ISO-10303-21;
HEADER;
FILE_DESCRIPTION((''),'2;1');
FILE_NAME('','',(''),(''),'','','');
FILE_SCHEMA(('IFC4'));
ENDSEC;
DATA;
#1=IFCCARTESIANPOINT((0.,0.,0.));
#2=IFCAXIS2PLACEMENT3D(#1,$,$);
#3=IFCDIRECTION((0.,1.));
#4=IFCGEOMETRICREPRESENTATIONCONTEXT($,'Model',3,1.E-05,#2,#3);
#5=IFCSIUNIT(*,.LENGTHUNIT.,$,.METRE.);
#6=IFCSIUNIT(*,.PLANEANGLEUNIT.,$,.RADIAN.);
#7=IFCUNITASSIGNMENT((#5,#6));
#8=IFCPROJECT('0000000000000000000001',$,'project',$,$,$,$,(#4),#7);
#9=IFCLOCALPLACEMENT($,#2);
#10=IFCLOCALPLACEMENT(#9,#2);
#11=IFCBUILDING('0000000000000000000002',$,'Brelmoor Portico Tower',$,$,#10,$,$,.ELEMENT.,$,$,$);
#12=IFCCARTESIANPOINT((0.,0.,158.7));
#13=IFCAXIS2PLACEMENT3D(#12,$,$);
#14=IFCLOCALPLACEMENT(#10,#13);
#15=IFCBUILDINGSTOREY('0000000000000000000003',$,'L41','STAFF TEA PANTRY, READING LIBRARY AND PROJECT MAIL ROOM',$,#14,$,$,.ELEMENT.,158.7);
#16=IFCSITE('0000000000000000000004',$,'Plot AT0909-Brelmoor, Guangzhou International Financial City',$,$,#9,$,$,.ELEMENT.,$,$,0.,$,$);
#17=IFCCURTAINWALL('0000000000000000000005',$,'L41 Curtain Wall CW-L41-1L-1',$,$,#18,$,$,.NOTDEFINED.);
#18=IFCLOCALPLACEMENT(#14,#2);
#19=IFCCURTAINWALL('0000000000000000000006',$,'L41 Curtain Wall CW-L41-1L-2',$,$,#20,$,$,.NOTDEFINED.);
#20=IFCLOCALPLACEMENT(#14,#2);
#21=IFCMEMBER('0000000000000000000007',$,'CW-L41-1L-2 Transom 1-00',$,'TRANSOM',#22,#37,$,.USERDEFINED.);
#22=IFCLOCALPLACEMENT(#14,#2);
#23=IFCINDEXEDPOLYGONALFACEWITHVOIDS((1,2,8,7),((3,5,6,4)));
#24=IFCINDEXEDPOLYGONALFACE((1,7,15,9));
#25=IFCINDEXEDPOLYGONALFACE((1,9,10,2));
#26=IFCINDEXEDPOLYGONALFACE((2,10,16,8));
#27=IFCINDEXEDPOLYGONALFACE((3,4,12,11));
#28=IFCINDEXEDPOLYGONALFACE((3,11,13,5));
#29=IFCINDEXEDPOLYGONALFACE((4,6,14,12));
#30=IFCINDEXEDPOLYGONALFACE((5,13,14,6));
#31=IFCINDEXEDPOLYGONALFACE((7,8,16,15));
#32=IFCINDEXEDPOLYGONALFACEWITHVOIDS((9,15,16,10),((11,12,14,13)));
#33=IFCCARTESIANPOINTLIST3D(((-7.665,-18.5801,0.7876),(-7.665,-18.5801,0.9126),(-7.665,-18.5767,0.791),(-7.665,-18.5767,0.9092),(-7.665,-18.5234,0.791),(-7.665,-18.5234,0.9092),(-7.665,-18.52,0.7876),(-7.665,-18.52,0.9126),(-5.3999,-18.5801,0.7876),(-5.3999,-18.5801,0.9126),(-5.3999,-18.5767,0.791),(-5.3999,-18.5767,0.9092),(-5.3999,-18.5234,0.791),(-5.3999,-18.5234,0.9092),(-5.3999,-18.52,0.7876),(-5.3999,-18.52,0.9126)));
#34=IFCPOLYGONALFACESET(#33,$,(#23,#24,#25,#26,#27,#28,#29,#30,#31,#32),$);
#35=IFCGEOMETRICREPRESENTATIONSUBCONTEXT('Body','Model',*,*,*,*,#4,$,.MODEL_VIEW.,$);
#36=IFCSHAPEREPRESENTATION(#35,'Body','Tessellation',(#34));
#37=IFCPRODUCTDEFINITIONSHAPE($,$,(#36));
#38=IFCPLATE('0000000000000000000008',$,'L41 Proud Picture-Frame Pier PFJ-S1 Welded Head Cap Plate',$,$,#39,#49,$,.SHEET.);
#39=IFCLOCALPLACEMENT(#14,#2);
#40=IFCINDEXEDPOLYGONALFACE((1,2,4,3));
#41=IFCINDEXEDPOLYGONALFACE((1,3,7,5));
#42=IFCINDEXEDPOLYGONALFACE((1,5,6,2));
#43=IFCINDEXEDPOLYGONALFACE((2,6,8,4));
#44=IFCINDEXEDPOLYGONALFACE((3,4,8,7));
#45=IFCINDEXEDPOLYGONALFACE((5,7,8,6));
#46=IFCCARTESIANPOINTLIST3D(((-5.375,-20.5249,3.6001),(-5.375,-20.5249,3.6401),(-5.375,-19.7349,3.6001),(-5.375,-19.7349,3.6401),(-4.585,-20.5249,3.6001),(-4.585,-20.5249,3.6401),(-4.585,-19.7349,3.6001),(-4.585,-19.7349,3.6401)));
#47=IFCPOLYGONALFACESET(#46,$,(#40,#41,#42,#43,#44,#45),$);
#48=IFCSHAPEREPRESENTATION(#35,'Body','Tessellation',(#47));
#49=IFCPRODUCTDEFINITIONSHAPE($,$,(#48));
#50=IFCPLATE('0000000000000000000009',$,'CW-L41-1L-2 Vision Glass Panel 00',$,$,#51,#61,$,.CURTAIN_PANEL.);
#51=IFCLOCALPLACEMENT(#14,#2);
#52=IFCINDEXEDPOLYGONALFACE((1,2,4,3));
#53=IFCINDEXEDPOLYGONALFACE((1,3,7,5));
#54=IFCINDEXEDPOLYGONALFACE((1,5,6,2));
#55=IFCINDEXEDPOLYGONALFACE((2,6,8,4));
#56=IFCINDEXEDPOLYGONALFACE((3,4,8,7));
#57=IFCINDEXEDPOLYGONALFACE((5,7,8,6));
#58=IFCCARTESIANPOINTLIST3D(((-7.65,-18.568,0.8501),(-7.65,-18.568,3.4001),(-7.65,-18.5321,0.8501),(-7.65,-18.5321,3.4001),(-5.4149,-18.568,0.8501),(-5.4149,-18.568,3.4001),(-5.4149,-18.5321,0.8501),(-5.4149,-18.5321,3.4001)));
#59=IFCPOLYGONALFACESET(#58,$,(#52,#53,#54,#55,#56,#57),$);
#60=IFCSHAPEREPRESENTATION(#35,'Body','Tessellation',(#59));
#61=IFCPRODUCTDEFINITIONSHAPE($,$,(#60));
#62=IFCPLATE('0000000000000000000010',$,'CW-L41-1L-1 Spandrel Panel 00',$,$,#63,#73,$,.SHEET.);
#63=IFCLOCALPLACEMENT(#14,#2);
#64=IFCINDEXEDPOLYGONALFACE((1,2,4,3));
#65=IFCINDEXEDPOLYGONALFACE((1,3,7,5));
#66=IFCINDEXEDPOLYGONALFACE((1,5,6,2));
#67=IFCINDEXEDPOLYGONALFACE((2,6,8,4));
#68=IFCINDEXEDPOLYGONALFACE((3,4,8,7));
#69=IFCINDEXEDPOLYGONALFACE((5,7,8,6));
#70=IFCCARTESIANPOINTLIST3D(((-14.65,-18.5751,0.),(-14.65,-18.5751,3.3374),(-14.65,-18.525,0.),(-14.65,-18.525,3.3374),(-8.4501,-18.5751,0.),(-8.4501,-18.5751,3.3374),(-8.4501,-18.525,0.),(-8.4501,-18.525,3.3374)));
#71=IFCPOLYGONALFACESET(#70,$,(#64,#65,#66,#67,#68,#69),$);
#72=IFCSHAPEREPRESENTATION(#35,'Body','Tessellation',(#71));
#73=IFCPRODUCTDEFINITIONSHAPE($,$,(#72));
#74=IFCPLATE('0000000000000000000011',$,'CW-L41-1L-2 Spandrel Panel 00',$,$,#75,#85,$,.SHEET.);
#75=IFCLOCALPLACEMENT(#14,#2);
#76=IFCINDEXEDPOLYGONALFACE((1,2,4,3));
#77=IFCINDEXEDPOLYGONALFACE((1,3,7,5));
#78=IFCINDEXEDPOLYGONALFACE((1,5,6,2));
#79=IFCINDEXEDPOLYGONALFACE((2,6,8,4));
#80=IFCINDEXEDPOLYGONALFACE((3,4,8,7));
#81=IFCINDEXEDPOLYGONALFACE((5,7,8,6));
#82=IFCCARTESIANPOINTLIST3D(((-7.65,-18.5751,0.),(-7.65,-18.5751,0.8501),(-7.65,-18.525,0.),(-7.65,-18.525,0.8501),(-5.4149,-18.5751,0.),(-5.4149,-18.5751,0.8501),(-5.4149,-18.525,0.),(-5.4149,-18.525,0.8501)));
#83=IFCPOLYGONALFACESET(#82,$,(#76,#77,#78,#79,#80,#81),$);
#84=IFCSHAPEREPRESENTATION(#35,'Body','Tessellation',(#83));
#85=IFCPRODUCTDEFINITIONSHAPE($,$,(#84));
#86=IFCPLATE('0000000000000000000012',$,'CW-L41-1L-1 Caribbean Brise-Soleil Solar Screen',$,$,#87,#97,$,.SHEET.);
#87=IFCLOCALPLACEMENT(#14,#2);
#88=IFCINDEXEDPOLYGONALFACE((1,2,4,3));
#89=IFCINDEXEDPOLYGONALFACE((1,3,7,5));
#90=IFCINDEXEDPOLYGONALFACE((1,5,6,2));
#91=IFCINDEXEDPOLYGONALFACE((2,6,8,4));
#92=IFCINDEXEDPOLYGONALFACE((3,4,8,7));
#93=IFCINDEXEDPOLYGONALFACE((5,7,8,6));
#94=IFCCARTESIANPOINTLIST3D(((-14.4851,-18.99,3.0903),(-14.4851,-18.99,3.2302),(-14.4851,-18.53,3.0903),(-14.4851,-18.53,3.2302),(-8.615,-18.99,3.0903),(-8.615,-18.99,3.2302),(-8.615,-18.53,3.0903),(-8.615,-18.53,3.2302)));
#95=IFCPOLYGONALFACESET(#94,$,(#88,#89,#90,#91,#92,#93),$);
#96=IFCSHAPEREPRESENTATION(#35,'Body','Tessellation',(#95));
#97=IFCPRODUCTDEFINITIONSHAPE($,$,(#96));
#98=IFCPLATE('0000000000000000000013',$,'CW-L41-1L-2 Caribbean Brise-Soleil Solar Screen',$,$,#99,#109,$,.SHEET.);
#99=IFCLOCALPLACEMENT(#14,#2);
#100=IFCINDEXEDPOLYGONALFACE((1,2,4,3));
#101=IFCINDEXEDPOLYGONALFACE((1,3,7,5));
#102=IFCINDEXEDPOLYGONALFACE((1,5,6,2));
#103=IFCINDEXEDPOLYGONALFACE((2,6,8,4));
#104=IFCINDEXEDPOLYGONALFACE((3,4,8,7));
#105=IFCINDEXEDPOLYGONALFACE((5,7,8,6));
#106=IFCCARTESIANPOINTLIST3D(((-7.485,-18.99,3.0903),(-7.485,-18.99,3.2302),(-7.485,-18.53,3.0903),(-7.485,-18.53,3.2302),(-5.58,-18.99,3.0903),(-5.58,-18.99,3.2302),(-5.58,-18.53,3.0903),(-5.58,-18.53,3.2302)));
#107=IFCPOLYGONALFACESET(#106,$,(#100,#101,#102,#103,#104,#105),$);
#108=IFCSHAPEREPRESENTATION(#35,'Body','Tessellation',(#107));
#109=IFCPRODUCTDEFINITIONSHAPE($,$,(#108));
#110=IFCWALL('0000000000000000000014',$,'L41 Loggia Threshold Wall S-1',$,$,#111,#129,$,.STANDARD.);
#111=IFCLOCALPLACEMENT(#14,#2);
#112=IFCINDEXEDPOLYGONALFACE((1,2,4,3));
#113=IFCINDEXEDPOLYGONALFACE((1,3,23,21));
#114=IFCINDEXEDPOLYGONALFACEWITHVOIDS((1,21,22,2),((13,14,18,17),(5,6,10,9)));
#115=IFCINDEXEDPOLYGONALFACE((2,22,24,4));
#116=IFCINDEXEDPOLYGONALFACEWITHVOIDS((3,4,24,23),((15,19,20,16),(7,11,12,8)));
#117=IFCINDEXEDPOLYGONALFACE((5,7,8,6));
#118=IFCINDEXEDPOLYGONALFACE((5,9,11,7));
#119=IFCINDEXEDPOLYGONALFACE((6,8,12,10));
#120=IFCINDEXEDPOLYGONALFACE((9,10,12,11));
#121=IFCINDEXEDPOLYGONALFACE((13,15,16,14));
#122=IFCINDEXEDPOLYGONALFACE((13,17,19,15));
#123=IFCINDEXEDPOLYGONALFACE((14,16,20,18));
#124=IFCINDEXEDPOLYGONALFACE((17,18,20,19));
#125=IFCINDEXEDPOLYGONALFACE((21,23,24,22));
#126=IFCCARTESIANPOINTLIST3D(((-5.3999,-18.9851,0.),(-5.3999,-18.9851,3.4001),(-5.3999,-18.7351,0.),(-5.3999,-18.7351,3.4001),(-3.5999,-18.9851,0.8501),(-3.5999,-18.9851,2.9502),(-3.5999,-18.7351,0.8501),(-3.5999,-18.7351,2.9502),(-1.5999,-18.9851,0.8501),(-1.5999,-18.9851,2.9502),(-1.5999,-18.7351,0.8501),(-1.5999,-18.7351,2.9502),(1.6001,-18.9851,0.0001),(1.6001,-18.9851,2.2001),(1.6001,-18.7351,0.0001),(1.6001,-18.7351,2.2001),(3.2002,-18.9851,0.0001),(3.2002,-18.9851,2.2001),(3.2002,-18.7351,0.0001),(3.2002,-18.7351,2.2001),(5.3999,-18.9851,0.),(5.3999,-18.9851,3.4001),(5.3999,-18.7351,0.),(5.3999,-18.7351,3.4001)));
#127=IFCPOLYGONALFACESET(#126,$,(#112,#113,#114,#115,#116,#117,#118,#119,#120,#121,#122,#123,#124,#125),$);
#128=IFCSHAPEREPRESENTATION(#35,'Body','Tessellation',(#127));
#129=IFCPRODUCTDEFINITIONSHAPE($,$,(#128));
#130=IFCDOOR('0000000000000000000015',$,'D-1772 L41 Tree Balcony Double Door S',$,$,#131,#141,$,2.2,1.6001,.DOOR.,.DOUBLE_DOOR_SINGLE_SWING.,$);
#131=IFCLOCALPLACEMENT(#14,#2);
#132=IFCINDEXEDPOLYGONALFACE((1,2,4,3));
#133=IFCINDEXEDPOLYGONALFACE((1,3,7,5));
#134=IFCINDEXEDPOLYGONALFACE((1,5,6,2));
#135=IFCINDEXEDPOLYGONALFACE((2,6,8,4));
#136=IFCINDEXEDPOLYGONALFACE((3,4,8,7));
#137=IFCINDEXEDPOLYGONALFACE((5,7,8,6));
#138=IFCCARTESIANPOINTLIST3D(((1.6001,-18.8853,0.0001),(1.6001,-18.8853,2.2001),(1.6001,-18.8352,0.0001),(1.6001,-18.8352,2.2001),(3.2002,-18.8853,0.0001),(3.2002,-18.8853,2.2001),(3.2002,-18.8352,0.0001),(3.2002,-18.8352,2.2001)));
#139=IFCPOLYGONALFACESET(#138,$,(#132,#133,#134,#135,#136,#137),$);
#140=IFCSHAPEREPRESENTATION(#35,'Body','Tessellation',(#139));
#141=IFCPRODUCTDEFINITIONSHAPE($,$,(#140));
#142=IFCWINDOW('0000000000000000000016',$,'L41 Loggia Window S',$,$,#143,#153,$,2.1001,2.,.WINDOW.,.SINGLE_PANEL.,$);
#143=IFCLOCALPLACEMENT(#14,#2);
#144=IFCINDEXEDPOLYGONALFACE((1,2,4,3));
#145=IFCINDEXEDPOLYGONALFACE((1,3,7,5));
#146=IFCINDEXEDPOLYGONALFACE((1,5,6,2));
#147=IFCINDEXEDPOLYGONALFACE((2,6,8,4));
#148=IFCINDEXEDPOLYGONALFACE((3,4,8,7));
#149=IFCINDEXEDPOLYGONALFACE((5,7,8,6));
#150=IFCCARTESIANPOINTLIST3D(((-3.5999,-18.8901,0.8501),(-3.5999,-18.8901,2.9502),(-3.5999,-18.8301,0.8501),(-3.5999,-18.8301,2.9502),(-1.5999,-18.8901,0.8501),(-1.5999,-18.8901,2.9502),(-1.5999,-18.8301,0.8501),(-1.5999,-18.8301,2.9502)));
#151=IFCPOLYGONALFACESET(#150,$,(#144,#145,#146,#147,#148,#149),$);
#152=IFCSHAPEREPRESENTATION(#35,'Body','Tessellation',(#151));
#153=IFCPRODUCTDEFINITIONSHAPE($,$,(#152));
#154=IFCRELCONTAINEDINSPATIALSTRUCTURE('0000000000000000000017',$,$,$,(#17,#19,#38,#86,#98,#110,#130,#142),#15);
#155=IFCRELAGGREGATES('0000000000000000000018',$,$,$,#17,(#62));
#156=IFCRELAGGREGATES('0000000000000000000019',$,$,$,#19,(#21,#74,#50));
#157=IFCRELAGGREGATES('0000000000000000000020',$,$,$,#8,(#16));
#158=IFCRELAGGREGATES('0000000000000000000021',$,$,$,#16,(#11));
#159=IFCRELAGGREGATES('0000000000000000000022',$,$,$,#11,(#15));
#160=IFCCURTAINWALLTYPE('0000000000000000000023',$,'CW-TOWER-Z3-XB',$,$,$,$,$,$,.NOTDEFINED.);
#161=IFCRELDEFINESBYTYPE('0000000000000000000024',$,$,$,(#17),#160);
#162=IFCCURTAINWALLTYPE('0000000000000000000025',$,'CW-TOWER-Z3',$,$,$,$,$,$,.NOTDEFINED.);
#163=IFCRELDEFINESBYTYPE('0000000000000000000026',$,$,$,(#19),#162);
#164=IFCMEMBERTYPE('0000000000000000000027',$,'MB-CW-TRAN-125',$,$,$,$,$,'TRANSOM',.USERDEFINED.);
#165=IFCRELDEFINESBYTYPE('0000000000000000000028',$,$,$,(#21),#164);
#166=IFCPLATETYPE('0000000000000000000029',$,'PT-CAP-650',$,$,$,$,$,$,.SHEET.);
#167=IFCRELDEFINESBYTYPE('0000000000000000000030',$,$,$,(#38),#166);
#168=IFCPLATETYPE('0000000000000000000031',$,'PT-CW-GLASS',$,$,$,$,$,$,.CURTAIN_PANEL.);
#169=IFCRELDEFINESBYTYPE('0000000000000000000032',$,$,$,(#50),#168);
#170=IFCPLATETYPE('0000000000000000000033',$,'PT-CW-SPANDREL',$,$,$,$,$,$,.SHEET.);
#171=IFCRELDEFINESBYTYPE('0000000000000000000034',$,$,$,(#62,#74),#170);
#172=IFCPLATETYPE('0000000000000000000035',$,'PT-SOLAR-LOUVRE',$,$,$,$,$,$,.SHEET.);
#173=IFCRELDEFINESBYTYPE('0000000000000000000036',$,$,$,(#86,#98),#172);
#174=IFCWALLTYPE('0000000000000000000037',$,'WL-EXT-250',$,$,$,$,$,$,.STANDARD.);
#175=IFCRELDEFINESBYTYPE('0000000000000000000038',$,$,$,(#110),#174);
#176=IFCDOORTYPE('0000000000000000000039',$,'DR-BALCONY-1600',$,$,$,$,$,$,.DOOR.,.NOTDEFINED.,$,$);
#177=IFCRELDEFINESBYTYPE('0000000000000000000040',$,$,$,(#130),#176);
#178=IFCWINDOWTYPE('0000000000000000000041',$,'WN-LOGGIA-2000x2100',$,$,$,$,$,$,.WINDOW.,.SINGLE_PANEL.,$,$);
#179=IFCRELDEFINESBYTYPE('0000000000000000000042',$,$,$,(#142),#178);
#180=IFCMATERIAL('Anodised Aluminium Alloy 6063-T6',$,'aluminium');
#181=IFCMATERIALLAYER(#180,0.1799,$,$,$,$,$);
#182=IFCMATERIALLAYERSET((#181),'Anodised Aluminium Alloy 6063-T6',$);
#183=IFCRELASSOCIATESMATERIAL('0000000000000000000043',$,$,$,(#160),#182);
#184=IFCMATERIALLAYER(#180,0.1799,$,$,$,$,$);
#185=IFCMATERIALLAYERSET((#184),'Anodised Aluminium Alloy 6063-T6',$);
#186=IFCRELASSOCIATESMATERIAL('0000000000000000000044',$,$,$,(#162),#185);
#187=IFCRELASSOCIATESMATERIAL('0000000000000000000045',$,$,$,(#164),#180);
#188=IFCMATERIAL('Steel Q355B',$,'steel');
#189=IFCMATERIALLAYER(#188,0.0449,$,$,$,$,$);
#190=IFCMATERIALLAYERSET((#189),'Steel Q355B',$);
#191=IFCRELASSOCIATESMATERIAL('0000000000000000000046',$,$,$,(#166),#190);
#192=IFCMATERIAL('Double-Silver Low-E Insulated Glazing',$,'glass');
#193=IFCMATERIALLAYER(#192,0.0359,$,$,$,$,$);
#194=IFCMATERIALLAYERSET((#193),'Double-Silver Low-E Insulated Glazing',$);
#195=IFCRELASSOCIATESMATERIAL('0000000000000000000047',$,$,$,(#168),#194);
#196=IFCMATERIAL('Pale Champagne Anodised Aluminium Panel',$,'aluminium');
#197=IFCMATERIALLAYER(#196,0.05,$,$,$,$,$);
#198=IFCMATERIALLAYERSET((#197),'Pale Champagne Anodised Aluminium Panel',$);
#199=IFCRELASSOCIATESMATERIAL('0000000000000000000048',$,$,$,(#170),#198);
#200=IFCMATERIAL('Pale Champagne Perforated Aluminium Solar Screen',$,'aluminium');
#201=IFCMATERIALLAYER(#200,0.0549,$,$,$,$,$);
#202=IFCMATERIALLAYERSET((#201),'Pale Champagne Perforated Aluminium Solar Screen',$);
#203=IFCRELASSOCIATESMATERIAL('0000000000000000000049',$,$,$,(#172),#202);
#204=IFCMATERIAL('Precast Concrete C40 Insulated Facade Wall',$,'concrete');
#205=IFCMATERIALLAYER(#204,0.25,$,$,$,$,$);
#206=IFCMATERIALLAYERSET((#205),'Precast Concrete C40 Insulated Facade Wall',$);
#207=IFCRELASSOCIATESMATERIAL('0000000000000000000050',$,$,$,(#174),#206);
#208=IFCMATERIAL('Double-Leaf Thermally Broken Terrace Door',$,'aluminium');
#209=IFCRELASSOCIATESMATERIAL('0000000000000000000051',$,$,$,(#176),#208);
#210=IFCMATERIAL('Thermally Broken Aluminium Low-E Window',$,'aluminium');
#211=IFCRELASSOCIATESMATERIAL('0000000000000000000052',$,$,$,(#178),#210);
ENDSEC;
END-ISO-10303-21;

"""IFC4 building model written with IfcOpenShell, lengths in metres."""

from ifc_helpers import new_model, si_unit, direction, frame, frame_2d, origin, origin_2d, place, context, subcontext, project, spatial, rectangle, hollow_rectangle, extrude, material, layer, layer_set, material_profile, profile_set, type_object, element, fill, aggregate, save


model = new_model("IFC4")

# Units and contexts
model_context = context("Model", 3, precision=1e-05, world=origin(), true_north=direction((0.0, 1.0)))
body_context = subcontext(model_context, "Body", "Model", "MODEL_VIEW")
ifc_project = project(units=[si_unit("LENGTHUNIT", "METRE"), si_unit("PLANEANGLEUNIT", "RADIAN")], contexts=[model_context])

# Site, building, storey
site_placement = place(None, origin())
site = spatial("IfcSite", under=ifc_project, at=site_placement, Name="Plot AT0909-Brelmoor, Guangzhou International Financial City", CompositionType="ELEMENT", RefElevation=0.0)
building_placement = place(site_placement, origin())
building = spatial("IfcBuilding", under=site, at=building_placement, Name="Brelmoor Portico Tower", CompositionType="ELEMENT")
storey_placement = place(building_placement, frame((0.0, 0.0, 158.7)))
storey = spatial("IfcBuildingStorey", under=building, at=storey_placement, Name="L41", Description="STAFF TEA PANTRY, READING LIBRARY AND PROJECT MAIL ROOM", CompositionType="ELEMENT", Elevation=158.7)

# Shared definitions
ifc_material_1 = material(Name="Steel Q355B", Category="steel")

# Curtain wall
ifc_material_2 = material(Name="Anodised Aluminium Alloy 6063-T6", Category="aluminium")
ifc_layer_1 = layer(ifc_material_2, 0.1799)
ifc_layer_set_1 = layer_set([ifc_layer_1], Name="Anodised Aluminium Alloy 6063-T6")
curtain_wall_type_1 = type_object("IfcCurtainWallType", Name="CW-TOWER-Z3-XB", PredefinedType="NOTDEFINED", material=ifc_layer_set_1)
curtain_wall_1_placement = place(storey_placement, origin())
curtain_wall_1 = element("IfcCurtainWall", 1, at=curtain_wall_1_placement, inside=storey, type_object=curtain_wall_type_1, Name="L41 Curtain Wall CW-L41-1L-1", PredefinedType="NOTDEFINED")

# Curtain wall, member
ifc_layer_2 = layer(ifc_material_2, 0.1799)
ifc_layer_set_2 = layer_set([ifc_layer_2], Name="Anodised Aluminium Alloy 6063-T6")
curtain_wall_type_2 = type_object("IfcCurtainWallType", Name="CW-TOWER-Z3", PredefinedType="NOTDEFINED", material=ifc_layer_set_2)
curtain_wall_2_placement = place(storey_placement, origin())
curtain_wall_2 = element("IfcCurtainWall", 2, at=curtain_wall_2_placement, inside=storey, type_object=curtain_wall_type_2, Name="L41 Curtain Wall CW-L41-1L-2", PredefinedType="NOTDEFINED")
ifc_material_profile_1 = material_profile(ifc_material_2, hollow_rectangle(XDim=0.0601, YDim=0.125, WallThickness=0.0034, at=origin_2d()), Name="ALU TRANSOM 60x125")
ifc_profile_set_1 = profile_set([ifc_material_profile_1], Name="Anodised Aluminium Alloy 6063-T6")
member_type_1 = type_object("IfcMemberType", Name="MB-CW-TRAN-125", ElementType="TRANSOM", PredefinedType="USERDEFINED", material=ifc_profile_set_1)
member_1_placement = place(storey_placement, frame((-7.665, -18.55, 0.8501), z_axis=(1.0, 0.0, 0.0), x_axis=(0.0, 1.0, 0.0)))
member_1 = element("IfcMember", 3, at=member_1_placement, type_object=member_type_1, Name="CW-L41-1L-2 Transom 1-00", ObjectType="TRANSOM", PredefinedType="USERDEFINED", context=body_context, shape_type="SweptSolid", body=[
    extrude(hollow_rectangle(XDim=0.0601, YDim=0.125, WallThickness=0.0034, at=origin_2d()), origin(), (0.0, 0.0, 1.0), 2.2651),
])

# Plates
ifc_layer_3 = layer(ifc_material_1, 0.0449)
ifc_layer_set_3 = layer_set([ifc_layer_3], Name="Steel Q355B")
plate_type_1 = type_object("IfcPlateType", Name="PT-CAP-650", PredefinedType="SHEET", material=ifc_layer_set_3)
plate_1_placement = place(storey_placement, frame((-4.98, -20.1299, 3.6001), z_axis=(0.0, 0.0, 1.0), x_axis=(1.0, 0.0, 0.0)))
element("IfcPlate", 4, at=plate_1_placement, inside=storey, type_object=plate_type_1, Name="L41 Proud Picture-Frame Pier PFJ-S1 Welded Head Cap Plate", PredefinedType="SHEET", context=body_context, shape_type="SweptSolid", body=[
    extrude(rectangle(XDim=0.79, YDim=0.79, at=origin_2d()), origin(), (0.0, 0.0, 1.0), 0.04),
])
ifc_material_3 = material(Name="Double-Silver Low-E Insulated Glazing", Category="glass")
ifc_layer_4 = layer(ifc_material_3, 0.0359)
ifc_layer_set_4 = layer_set([ifc_layer_4], Name="Double-Silver Low-E Insulated Glazing")
plate_type_2 = type_object("IfcPlateType", Name="PT-CW-GLASS", PredefinedType="CURTAIN_PANEL", material=ifc_layer_set_4)
plate_2_placement = place(storey_placement, frame((-6.5325, -18.55, 0.8501), z_axis=(0.0, 0.0, 1.0), x_axis=(1.0, 0.0, 0.0)))
plate_2 = element("IfcPlate", 5, at=plate_2_placement, type_object=plate_type_2, Name="CW-L41-1L-2 Vision Glass Panel 00", PredefinedType="CURTAIN_PANEL", context=body_context, shape_type="SweptSolid", body=[
    extrude(rectangle(XDim=2.2351, YDim=0.0359, at=origin_2d()), origin(), (0.0, 0.0, 1.0), 2.55),
])
ifc_material_4 = material(Name="Pale Champagne Anodised Aluminium Panel", Category="aluminium")
ifc_layer_5 = layer(ifc_material_4, 0.05)
ifc_layer_set_5 = layer_set([ifc_layer_5], Name="Pale Champagne Anodised Aluminium Panel")
plate_type_3 = type_object("IfcPlateType", Name="PT-CW-SPANDREL", PredefinedType="SHEET", material=ifc_layer_set_5)
plate_3_placement = place(storey_placement, frame((-11.55, -18.55, 0.0), z_axis=(0.0, 0.0, 1.0), x_axis=(1.0, 0.0, 0.0)))
plate_3 = element("IfcPlate", 6, at=plate_3_placement, type_object=plate_type_3, Name="CW-L41-1L-1 Spandrel Panel 00", PredefinedType="SHEET", context=body_context, shape_type="SweptSolid", body=[
    extrude(rectangle(XDim=6.2, YDim=0.05, at=origin_2d()), origin(), (0.0, 0.0, 1.0), 3.3374),
])
aggregate(curtain_wall_1, [plate_3])
plate_4_placement = place(storey_placement, frame((-6.5325, -18.55, 0.0), z_axis=(0.0, 0.0, 1.0), x_axis=(1.0, 0.0, 0.0)))
plate_4 = element("IfcPlate", 7, at=plate_4_placement, type_object=plate_type_3, Name="CW-L41-1L-2 Spandrel Panel 00", PredefinedType="SHEET", context=body_context, shape_type="SweptSolid", body=[
    extrude(rectangle(XDim=2.2351, YDim=0.05, at=origin_2d()), origin(), (0.0, 0.0, 1.0), 0.8501),
])
aggregate(curtain_wall_2, [member_1, plate_4, plate_2])

# Plates
ifc_material_5 = material(Name="Pale Champagne Perforated Aluminium Solar Screen", Category="aluminium")
ifc_layer_6 = layer(ifc_material_5, 0.0549)
ifc_layer_set_6 = layer_set([ifc_layer_6], Name="Pale Champagne Perforated Aluminium Solar Screen")
plate_type_4 = type_object("IfcPlateType", Name="PT-SOLAR-LOUVRE", PredefinedType="SHEET", material=ifc_layer_set_6)
plate_5_placement = place(storey_placement, frame((-11.55, -18.76, 3.0903), z_axis=(0.0, 0.0, 1.0), x_axis=(1.0, 0.0, 0.0)))
element("IfcPlate", 8, at=plate_5_placement, inside=storey, type_object=plate_type_4, Name="CW-L41-1L-1 Caribbean Brise-Soleil Solar Screen", PredefinedType="SHEET", context=body_context, shape_type="SweptSolid", body=[
    extrude(rectangle(XDim=5.8701, YDim=0.46, at=origin_2d()), origin(), (0.0, 0.0, 1.0), 0.1399),
])
plate_6_placement = place(storey_placement, frame((-6.5325, -18.76, 3.0903), z_axis=(0.0, 0.0, 1.0), x_axis=(1.0, 0.0, 0.0)))
element("IfcPlate", 9, at=plate_6_placement, inside=storey, type_object=plate_type_4, Name="CW-L41-1L-2 Caribbean Brise-Soleil Solar Screen", PredefinedType="SHEET", context=body_context, shape_type="SweptSolid", body=[
    extrude(rectangle(XDim=1.905, YDim=0.46, at=origin_2d()), origin(), (0.0, 0.0, 1.0), 0.1399),
])

# Wall, openings, door, window
ifc_material_6 = material(Name="Precast Concrete C40 Insulated Facade Wall", Category="concrete")
ifc_layer_7 = layer(ifc_material_6, 0.25)
ifc_layer_set_7 = layer_set([ifc_layer_7], Name="Precast Concrete C40 Insulated Facade Wall")
wall_type_1 = type_object("IfcWallType", Name="WL-EXT-250", PredefinedType="STANDARD", material=ifc_layer_set_7)
wall_1_placement = place(storey_placement, frame((-5.3999, -18.8601, 0.0), z_axis=(0.0, 0.0, 1.0), x_axis=(1.0, 0.0, 0.0)))
wall_1 = element("IfcWall", 10, at=wall_1_placement, inside=storey, type_object=wall_type_1, Name="L41 Loggia Threshold Wall S-1", PredefinedType="STANDARD", context=body_context, shape_type="SweptSolid", body=[
    extrude(rectangle(XDim=10.7998, YDim=0.25, at=frame_2d((5.3999, 0.0))), origin(), (0.0, 0.0, 1.0), 3.4001),
])
opening_1_placement = place(wall_1_placement, frame((7.0, 0.0, 0.0)))
opening_1 = element("IfcOpeningElement", 11, at=opening_1_placement, cuts=wall_1, PredefinedType="OPENING", context=body_context, shape_type="SweptSolid", body=[
    extrude(rectangle(XDim=1.6001, YDim=2.2, at=frame_2d((0.8, 1.1001))), frame((0.0, 0.135, 0.0), z_axis=(0.0, -1.0, 0.0), x_axis=(1.0, 0.0, 0.0)), (0.0, 0.0, 1.0), 0.27),
])
opening_2_placement = place(wall_1_placement, frame((1.8, 0.0, 0.8501)))
opening_2 = element("IfcOpeningElement", 12, at=opening_2_placement, cuts=wall_1, PredefinedType="OPENING", context=body_context, shape_type="SweptSolid", body=[
    extrude(rectangle(XDim=2.0, YDim=2.1001, at=frame_2d((1.0, 1.05))), frame((0.0, 0.135, 0.0), z_axis=(0.0, -1.0, 0.0), x_axis=(1.0, 0.0, 0.0)), (0.0, 0.0, 1.0), 0.27),
])
ifc_material_7 = material(Name="Double-Leaf Thermally Broken Terrace Door", Category="aluminium")
door_type_1 = type_object("IfcDoorType", Name="DR-BALCONY-1600", OperationType="NOTDEFINED", PredefinedType="DOOR", material=ifc_material_7)
door_1_placement = place(opening_1_placement, origin())
door_1 = element("IfcDoor", 13, at=door_1_placement, inside=storey, type_object=door_type_1, Name="D-1772 L41 Tree Balcony Double Door S", OperationType="DOUBLE_DOOR_SINGLE_SWING", OverallHeight=2.2, OverallWidth=1.6001, PredefinedType="DOOR", context=body_context, shape_type="SweptSolid", body=[
    extrude(rectangle(XDim=1.6001, YDim=2.2, at=frame_2d((0.8, 1.1001))), frame((0.0, 0.0249, 0.0), z_axis=(0.0, -1.0, 0.0), x_axis=(1.0, 0.0, 0.0)), (0.0, 0.0, 1.0), 0.05),
])
fill(opening_1, door_1)
ifc_material_8 = material(Name="Thermally Broken Aluminium Low-E Window", Category="aluminium")
window_type = type_object("IfcWindowType", Name="WN-LOGGIA-2000x2100", PartitioningType="SINGLE_PANEL", PredefinedType="WINDOW", material=ifc_material_8)
window_placement = place(opening_2_placement, origin())
window = element("IfcWindow", 14, at=window_placement, inside=storey, type_object=window_type, Name="L41 Loggia Window S", OverallHeight=2.1001, OverallWidth=2.0, PartitioningType="SINGLE_PANEL", PredefinedType="WINDOW", context=body_context, shape_type="SweptSolid", body=[
    extrude(rectangle(XDim=2.0, YDim=2.1001, at=frame_2d((1.0, 1.05))), frame((0.0, 0.03, 0.0), z_axis=(0.0, -1.0, 0.0), x_axis=(1.0, 0.0, 0.0)), (0.0, 0.0, 1.0), 0.0601),
])
fill(opening_2, window)

save(model, "model.ifc")
